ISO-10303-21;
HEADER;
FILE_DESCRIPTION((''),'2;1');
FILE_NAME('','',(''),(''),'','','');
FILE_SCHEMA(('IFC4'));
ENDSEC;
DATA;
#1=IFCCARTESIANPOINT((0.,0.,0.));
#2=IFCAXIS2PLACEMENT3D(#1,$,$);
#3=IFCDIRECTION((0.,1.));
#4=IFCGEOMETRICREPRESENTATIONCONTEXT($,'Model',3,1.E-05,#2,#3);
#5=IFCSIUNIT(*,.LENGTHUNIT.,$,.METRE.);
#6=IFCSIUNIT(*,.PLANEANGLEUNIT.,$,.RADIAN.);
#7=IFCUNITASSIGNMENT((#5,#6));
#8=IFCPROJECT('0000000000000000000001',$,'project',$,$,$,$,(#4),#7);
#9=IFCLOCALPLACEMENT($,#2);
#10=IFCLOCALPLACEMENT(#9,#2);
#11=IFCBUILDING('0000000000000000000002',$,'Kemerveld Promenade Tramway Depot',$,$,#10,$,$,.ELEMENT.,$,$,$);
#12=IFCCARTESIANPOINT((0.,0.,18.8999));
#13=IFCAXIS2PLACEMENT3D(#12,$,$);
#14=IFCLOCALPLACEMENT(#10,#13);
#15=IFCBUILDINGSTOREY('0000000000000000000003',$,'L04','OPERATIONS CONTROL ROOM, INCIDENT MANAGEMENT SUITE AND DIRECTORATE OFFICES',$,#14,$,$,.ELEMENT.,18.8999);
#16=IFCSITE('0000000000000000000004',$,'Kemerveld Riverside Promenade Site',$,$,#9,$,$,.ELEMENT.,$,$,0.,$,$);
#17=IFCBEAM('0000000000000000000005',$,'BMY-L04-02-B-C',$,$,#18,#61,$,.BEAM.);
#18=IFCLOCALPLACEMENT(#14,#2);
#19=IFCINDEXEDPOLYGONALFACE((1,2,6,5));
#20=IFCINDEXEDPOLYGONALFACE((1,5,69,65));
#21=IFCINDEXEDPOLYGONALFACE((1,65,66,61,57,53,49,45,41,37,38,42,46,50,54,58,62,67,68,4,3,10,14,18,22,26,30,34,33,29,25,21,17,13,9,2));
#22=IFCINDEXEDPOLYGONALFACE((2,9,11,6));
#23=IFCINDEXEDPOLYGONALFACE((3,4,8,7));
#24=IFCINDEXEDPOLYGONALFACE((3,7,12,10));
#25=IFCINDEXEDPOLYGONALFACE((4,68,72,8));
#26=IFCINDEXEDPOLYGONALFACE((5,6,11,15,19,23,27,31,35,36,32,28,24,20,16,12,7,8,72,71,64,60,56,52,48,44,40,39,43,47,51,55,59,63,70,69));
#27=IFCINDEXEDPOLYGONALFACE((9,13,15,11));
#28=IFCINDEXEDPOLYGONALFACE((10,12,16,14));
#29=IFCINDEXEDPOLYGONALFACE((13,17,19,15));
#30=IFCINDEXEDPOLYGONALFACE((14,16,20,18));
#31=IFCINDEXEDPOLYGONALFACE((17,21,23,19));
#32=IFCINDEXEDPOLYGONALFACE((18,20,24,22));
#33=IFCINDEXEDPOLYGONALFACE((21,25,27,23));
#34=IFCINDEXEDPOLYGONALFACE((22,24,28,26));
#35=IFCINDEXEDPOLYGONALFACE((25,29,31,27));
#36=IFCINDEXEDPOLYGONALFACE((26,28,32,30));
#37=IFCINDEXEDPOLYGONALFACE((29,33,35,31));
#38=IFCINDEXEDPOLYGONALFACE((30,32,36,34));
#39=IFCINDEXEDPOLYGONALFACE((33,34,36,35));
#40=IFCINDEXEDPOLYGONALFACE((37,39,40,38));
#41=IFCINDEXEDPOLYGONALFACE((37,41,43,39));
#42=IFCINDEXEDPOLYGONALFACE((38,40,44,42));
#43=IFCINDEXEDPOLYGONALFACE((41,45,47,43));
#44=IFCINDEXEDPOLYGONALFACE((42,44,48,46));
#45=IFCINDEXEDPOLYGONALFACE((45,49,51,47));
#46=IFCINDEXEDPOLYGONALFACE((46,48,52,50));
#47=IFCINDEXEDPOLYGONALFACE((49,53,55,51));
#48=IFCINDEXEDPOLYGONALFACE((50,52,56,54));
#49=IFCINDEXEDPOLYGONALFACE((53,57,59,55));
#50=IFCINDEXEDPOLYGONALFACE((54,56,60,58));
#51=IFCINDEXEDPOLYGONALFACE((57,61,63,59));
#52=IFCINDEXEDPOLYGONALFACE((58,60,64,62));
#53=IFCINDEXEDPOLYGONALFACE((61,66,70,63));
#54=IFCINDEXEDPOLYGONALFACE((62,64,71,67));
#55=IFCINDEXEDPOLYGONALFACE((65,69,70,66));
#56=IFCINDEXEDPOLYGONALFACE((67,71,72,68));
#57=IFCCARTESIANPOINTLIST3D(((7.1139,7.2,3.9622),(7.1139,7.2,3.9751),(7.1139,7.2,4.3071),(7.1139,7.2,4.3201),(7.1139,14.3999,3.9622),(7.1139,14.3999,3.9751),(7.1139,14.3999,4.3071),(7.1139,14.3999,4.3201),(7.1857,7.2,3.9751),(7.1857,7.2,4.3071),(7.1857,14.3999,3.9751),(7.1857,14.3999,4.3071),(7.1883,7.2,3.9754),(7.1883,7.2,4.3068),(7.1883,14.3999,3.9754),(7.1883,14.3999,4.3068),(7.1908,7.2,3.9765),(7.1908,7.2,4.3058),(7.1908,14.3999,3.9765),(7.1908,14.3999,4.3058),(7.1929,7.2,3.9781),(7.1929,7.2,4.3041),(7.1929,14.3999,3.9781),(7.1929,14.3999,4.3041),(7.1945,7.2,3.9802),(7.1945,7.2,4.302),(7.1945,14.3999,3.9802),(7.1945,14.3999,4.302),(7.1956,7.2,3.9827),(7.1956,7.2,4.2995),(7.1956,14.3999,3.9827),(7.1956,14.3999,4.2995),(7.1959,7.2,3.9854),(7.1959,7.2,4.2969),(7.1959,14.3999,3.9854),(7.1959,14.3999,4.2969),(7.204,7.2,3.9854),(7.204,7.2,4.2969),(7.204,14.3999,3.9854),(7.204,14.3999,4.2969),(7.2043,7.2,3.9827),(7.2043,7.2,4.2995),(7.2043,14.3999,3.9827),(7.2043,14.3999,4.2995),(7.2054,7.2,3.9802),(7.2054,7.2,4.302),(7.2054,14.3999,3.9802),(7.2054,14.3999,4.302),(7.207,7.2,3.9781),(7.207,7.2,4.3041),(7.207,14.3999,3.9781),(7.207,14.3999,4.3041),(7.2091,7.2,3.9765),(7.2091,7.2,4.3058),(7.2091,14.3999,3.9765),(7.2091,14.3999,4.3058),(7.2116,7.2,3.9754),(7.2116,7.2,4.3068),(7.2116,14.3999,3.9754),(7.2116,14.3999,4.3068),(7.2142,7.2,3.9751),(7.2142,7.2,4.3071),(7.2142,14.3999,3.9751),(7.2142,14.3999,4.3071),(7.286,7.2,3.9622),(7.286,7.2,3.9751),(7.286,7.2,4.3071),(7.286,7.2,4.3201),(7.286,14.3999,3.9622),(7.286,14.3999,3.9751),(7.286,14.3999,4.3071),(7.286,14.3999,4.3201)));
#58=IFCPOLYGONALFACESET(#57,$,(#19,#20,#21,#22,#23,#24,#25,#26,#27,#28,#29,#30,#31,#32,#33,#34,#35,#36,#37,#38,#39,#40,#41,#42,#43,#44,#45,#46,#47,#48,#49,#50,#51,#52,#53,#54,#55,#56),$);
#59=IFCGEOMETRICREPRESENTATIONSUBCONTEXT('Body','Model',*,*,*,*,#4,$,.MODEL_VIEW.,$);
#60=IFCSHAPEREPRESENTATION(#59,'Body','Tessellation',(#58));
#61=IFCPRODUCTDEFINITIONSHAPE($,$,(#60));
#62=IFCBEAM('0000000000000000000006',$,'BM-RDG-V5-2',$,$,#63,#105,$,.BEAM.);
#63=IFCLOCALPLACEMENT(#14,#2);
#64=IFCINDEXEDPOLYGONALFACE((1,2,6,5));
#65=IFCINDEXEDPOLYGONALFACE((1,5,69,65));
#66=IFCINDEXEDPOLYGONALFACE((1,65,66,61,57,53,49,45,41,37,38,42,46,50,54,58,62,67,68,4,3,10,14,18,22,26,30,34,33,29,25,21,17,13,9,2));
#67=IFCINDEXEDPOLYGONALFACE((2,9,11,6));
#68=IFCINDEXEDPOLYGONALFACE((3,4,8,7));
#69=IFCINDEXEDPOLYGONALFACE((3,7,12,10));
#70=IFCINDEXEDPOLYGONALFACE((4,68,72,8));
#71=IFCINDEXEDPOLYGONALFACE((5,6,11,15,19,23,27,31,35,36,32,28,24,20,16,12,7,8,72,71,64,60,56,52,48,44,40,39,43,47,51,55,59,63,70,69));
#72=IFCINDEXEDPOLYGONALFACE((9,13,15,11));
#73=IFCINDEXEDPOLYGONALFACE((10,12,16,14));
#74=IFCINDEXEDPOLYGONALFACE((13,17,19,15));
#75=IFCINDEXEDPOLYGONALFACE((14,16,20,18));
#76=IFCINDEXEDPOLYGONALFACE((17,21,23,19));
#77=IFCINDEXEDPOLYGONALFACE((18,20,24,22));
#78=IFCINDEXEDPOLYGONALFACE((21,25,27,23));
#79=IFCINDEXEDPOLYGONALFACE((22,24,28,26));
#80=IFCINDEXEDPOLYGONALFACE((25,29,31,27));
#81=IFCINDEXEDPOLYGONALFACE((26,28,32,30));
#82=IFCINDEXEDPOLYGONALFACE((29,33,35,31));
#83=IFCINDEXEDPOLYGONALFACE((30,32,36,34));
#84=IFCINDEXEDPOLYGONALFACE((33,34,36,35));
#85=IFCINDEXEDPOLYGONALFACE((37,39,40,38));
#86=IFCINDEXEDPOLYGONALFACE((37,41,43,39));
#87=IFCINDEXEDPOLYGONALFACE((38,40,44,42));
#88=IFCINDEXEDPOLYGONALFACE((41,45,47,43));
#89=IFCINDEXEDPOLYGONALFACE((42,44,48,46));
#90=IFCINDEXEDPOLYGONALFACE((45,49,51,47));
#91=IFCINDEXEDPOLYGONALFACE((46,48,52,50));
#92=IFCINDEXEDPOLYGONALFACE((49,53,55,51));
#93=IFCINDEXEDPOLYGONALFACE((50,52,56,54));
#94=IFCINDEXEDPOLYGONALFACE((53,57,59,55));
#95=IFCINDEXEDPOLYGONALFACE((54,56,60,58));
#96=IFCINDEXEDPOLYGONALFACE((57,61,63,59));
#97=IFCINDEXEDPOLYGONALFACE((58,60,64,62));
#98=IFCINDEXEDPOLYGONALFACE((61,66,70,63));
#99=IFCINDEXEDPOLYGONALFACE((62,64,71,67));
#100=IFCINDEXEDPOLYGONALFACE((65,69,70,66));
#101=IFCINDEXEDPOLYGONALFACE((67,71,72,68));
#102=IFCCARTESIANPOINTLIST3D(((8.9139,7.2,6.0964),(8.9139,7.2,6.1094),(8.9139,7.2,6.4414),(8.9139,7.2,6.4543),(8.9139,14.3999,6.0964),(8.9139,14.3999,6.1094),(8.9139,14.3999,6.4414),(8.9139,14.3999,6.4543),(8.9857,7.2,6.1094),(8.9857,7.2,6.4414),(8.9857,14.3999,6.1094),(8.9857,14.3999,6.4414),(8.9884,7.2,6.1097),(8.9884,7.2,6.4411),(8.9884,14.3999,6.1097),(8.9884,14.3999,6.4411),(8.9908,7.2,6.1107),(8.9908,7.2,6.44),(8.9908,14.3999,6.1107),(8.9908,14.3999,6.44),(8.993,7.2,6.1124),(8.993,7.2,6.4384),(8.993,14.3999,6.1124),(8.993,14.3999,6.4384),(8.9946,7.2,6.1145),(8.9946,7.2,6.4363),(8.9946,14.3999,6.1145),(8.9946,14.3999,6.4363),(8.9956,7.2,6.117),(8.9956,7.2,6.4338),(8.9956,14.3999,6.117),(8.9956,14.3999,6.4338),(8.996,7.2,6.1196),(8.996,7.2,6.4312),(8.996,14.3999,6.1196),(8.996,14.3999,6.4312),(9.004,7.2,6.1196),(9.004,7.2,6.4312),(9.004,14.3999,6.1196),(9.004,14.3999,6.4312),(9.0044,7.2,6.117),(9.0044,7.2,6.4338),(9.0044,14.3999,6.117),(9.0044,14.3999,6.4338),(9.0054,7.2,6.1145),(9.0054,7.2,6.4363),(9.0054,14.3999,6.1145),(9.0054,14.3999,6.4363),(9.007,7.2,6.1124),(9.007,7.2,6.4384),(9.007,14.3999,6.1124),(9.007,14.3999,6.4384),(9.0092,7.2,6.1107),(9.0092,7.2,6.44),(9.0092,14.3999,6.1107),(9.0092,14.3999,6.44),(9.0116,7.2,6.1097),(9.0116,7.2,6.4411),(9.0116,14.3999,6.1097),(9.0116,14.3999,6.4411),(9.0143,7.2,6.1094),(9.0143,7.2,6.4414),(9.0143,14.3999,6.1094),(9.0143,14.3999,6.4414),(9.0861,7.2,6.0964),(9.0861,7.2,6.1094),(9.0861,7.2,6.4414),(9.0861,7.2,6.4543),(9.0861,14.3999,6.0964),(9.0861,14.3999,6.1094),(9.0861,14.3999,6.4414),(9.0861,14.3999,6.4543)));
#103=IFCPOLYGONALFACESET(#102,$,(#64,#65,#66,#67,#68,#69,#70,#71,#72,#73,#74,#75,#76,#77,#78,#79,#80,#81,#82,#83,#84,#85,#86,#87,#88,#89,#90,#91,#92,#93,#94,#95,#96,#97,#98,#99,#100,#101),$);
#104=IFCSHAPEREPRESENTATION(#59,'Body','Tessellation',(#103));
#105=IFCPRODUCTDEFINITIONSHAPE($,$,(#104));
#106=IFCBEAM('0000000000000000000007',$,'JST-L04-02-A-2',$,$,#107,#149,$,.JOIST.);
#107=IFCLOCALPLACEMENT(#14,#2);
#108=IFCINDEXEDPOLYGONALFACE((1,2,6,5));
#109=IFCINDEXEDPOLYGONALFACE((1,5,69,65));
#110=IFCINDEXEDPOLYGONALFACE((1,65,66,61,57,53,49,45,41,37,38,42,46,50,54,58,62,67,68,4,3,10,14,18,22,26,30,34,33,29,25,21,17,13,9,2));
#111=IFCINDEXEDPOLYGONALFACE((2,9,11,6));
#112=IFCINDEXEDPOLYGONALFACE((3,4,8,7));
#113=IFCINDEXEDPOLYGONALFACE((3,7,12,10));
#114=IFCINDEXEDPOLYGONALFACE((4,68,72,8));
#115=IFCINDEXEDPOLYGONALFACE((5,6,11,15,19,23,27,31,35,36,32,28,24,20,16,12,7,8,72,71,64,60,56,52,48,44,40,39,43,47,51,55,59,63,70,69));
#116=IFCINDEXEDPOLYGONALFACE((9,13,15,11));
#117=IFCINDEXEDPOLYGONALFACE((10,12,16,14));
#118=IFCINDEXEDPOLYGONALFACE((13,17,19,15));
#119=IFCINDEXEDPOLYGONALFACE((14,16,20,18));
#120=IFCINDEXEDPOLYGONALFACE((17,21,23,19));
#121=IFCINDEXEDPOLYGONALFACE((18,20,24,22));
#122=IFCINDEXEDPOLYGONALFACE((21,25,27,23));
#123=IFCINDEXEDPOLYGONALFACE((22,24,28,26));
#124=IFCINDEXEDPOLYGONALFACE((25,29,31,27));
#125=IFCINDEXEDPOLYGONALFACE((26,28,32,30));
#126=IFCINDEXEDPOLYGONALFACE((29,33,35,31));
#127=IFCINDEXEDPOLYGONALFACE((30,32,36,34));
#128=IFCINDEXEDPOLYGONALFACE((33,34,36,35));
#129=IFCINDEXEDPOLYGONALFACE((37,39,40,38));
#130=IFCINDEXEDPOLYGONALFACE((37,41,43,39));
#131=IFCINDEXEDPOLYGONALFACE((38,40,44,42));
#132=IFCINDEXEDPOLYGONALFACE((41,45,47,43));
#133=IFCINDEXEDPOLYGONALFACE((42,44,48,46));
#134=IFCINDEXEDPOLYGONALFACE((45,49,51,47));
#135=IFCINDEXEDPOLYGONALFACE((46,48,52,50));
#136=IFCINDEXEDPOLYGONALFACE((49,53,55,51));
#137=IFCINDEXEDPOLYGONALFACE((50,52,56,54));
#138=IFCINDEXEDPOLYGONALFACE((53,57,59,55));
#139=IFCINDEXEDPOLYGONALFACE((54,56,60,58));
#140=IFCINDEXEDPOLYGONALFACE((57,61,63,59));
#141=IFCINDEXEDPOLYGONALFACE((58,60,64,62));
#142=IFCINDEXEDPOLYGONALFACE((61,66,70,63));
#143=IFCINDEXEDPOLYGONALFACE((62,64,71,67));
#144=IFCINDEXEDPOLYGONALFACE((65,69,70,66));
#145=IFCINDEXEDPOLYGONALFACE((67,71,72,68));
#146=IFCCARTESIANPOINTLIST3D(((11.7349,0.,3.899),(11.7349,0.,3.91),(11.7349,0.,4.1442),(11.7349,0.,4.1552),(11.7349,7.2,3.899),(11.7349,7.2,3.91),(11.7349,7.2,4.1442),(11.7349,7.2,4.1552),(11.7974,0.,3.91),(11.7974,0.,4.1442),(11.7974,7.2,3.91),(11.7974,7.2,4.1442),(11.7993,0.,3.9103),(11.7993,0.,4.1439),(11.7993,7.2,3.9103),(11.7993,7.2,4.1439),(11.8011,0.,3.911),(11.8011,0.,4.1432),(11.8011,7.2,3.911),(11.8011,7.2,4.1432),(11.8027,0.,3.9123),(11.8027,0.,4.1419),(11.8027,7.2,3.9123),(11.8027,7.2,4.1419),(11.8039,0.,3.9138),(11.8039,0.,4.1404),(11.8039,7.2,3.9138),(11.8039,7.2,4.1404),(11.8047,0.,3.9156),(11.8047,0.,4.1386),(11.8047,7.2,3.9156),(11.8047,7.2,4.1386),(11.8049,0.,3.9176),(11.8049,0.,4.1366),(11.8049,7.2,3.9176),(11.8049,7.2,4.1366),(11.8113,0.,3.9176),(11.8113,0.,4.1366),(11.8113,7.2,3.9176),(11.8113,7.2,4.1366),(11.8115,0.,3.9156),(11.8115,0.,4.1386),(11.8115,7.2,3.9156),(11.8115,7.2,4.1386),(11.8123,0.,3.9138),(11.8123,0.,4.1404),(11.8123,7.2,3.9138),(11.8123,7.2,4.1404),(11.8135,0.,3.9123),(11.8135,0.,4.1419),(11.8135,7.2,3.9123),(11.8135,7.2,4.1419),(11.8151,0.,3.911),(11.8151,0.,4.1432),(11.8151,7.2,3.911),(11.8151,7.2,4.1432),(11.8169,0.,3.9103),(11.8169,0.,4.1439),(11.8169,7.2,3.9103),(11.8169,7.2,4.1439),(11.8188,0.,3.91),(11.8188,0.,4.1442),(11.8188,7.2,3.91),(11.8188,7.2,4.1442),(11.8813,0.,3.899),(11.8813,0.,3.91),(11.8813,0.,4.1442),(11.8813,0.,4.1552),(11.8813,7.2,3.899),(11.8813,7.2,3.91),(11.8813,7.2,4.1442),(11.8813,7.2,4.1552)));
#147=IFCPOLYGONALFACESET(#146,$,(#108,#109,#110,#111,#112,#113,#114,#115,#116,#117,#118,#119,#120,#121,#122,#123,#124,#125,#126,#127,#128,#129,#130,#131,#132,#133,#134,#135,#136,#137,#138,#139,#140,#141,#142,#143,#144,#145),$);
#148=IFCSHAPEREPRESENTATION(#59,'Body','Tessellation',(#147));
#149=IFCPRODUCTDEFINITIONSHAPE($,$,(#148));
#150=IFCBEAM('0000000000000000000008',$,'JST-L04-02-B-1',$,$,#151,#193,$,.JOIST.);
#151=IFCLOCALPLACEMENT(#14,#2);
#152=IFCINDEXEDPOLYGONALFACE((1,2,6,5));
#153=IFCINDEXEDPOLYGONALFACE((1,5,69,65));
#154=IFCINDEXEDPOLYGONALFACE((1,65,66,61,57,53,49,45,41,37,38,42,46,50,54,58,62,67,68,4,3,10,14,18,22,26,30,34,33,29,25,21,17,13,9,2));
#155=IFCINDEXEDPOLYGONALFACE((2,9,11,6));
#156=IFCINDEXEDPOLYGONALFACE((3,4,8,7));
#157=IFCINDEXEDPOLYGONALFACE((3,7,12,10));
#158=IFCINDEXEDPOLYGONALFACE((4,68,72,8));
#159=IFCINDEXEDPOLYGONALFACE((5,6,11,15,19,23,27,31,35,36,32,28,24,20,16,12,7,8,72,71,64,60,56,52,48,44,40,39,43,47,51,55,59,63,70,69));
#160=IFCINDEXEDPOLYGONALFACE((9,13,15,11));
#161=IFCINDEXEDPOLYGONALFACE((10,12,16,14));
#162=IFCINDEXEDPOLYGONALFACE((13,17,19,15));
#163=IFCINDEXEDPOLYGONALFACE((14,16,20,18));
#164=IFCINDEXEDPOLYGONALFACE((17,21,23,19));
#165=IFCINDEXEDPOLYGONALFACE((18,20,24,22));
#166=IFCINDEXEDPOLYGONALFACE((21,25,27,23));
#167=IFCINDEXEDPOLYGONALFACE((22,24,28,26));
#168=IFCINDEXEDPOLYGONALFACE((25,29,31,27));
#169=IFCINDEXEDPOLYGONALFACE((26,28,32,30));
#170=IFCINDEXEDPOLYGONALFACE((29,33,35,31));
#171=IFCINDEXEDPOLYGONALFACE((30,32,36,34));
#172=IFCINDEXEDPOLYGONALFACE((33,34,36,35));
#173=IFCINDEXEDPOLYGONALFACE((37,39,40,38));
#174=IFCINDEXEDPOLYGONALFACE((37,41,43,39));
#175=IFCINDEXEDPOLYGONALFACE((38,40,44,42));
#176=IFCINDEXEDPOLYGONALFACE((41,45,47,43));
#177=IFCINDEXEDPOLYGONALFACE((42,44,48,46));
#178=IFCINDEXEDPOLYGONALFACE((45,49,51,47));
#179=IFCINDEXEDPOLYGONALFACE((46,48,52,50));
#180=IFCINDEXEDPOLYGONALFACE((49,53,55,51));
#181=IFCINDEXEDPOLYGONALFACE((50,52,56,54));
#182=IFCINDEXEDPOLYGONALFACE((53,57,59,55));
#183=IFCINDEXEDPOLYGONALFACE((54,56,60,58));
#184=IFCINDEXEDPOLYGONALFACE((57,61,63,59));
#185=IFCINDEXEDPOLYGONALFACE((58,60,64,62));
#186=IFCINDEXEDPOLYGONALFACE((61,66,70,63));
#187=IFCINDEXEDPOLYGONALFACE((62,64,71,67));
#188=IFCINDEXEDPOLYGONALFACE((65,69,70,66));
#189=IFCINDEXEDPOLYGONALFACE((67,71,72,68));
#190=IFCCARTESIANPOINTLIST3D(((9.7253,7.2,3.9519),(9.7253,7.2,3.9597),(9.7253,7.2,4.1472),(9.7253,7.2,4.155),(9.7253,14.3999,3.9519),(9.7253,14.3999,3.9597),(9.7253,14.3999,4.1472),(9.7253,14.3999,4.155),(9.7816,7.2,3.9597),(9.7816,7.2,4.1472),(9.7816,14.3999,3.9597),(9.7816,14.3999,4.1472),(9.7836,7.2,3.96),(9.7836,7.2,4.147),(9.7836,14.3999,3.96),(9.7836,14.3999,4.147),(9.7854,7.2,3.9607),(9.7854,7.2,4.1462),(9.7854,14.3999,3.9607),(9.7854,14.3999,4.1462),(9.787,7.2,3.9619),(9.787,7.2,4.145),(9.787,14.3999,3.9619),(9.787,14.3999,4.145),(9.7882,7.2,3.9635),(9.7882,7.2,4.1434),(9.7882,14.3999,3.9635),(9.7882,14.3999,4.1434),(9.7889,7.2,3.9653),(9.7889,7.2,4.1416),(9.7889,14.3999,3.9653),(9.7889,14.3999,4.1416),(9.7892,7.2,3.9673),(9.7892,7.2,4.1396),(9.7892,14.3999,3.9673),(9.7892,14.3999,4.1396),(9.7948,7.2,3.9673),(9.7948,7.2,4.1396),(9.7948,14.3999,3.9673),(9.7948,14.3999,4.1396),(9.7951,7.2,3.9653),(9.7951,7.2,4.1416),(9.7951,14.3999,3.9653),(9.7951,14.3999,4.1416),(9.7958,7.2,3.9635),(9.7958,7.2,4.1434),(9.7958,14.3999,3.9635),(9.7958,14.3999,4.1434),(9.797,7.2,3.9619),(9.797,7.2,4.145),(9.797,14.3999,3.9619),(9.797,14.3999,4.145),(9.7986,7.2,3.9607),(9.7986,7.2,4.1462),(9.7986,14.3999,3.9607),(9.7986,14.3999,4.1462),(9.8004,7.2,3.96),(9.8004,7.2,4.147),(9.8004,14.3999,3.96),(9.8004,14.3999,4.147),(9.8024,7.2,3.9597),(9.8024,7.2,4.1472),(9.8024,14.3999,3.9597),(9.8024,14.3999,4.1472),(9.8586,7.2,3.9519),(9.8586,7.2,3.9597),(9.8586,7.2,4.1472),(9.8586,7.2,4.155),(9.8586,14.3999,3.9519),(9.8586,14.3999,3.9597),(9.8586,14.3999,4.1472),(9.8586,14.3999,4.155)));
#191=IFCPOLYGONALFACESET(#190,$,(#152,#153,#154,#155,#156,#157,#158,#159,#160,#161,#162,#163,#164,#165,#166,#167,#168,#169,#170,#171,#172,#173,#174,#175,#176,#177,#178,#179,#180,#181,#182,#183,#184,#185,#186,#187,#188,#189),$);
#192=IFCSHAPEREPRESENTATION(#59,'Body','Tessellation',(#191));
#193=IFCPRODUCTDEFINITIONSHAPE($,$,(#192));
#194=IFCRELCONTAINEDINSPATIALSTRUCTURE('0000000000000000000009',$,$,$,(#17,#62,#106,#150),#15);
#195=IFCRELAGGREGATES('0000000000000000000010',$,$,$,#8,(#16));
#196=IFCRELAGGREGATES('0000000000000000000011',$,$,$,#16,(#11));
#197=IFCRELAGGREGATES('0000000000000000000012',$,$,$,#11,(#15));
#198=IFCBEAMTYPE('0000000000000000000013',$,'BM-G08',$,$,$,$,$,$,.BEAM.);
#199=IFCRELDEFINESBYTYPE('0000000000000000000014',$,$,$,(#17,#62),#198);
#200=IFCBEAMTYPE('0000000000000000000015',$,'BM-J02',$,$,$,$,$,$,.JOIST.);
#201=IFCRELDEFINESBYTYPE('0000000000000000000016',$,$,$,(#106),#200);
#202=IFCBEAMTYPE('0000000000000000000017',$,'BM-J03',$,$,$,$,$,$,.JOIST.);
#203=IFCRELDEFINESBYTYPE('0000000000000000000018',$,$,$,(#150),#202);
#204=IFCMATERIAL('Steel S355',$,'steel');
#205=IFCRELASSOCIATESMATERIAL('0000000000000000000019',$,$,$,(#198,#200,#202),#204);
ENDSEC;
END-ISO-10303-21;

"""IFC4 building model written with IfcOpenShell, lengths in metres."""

from ifc_helpers import new_model, si_unit, direction, frame, origin, origin_2d, place, context, subcontext, project, spatial, i_section, extrude, material, material_profile, profile_set, type_object, element, save


model = new_model("IFC4")

# Units and contexts
model_context = context("Model", 3, precision=1e-05, world=origin(), true_north=direction((0.0, 1.0)))
body_context = subcontext(model_context, "Body", "Model", "MODEL_VIEW")
ifc_project = project(units=[si_unit("LENGTHUNIT", "METRE"), si_unit("PLANEANGLEUNIT", "RADIAN")], contexts=[model_context])

# Site, building, storey
site_placement = place(None, origin())
site = spatial("IfcSite", under=ifc_project, at=site_placement, Name="Kemerveld Riverside Promenade Site", CompositionType="ELEMENT", RefElevation=0.0)
building_placement = place(site_placement, origin())
building = spatial("IfcBuilding", under=site, at=building_placement, Name="Kemerveld Promenade Tramway Depot", CompositionType="ELEMENT")
storey_placement = place(building_placement, frame((0.0, 0.0, 18.8999)))
storey = spatial("IfcBuildingStorey", under=building, at=storey_placement, Name="L04", Description="OPERATIONS CONTROL ROOM, INCIDENT MANAGEMENT SUITE AND DIRECTORATE OFFICES", CompositionType="ELEMENT", Elevation=18.8999)

# Shared definitions
ifc_material_1 = material(Name="Steel S355", Category="steel")

# Beams
ifc_material_profile_1 = material_profile(ifc_material_1, i_section(OverallWidth=0.1721, OverallDepth=0.3579, WebThickness=0.0081, FlangeThickness=0.0129, FilletRadius=0.0103, at=origin_2d()), Name="356x171x57 UB")
ifc_profile_set_1 = profile_set([ifc_material_profile_1], Name="Steel S355")
beam_type_1 = type_object("IfcBeamType", Name="BM-G08", PredefinedType="BEAM", material=ifc_profile_set_1)
for number, where, z_axis, x_axis, name in (
    (1, (7.2, 7.2, 4.1411), (0.0, 1.0, 0.0), (-1.0, 0.0, 0.0), "BMY-L04-02-B-C"),
    (2, (9.0, 7.2, 6.2754), (0.0, 1.0, 0.0), (-1.0, 0.0, 0.0), "BM-RDG-V5-2"),
):
    element("IfcBeam", number, at=place(storey_placement, frame(where, z_axis=z_axis, x_axis=x_axis)), inside=storey, type_object=beam_type_1, Name=name, PredefinedType="BEAM", context=body_context, shape_type="SweptSolid", body=[
        extrude(i_section(OverallWidth=0.1721, OverallDepth=0.3579, WebThickness=0.0081, FlangeThickness=0.0129, FilletRadius=0.0103, at=origin_2d()), origin(), (0.0, 0.0, 1.0), 7.2),
    ])
ifc_material_profile_2 = material_profile(ifc_material_1, i_section(OverallWidth=0.1465, OverallDepth=0.2561, WebThickness=0.0063, FlangeThickness=0.011, FilletRadius=0.0076, at=origin_2d()), Name="254x146x37 UB")
ifc_profile_set_2 = profile_set([ifc_material_profile_2], Name="Steel S355")
beam_type_2 = type_object("IfcBeamType", Name="BM-J02", PredefinedType="JOIST", material=ifc_profile_set_2)
beam_1_placement = place(storey_placement, frame((11.8081, 0.0, 4.0271), z_axis=(0.0, 1.0, 0.0), x_axis=(-1.0, 0.0, 0.0)))
element("IfcBeam", 3, at=beam_1_placement, inside=storey, type_object=beam_type_2, Name="JST-L04-02-A-2", PredefinedType="JOIST", context=body_context, shape_type="SweptSolid", body=[
    extrude(i_section(OverallWidth=0.1465, OverallDepth=0.2561, WebThickness=0.0063, FlangeThickness=0.011, FilletRadius=0.0076, at=origin_2d()), origin(), (0.0, 0.0, 1.0), 7.2),
])
ifc_material_profile_3 = material_profile(ifc_material_1, i_section(OverallWidth=0.1333, OverallDepth=0.2031, WebThickness=0.0056, FlangeThickness=0.0078, FilletRadius=0.0076, at=origin_2d()), Name="203x133x25 UB")
ifc_profile_set_3 = profile_set([ifc_material_profile_3], Name="Steel S355")
beam_type_3 = type_object("IfcBeamType", Name="BM-J03", PredefinedType="JOIST", material=ifc_profile_set_3)
for number, where, z_axis, x_axis, name in (
    (4, (9.792, 7.2, 4.0535), (0.0, 1.0, 0.0), (-1.0, 0.0, 0.0), "JST-L04-02-B-1"),
):
    element("IfcBeam", number, at=place(storey_placement, frame(where, z_axis=z_axis, x_axis=x_axis)), inside=storey, type_object=beam_type_3, Name=name, PredefinedType="JOIST", context=body_context, shape_type="SweptSolid", body=[
        extrude(i_section(OverallWidth=0.1333, OverallDepth=0.2031, WebThickness=0.0056, FlangeThickness=0.0078, FilletRadius=0.0076, at=origin_2d()), origin(), (0.0, 0.0, 1.0), 7.2),
    ])

save(model, "model.ifc")
